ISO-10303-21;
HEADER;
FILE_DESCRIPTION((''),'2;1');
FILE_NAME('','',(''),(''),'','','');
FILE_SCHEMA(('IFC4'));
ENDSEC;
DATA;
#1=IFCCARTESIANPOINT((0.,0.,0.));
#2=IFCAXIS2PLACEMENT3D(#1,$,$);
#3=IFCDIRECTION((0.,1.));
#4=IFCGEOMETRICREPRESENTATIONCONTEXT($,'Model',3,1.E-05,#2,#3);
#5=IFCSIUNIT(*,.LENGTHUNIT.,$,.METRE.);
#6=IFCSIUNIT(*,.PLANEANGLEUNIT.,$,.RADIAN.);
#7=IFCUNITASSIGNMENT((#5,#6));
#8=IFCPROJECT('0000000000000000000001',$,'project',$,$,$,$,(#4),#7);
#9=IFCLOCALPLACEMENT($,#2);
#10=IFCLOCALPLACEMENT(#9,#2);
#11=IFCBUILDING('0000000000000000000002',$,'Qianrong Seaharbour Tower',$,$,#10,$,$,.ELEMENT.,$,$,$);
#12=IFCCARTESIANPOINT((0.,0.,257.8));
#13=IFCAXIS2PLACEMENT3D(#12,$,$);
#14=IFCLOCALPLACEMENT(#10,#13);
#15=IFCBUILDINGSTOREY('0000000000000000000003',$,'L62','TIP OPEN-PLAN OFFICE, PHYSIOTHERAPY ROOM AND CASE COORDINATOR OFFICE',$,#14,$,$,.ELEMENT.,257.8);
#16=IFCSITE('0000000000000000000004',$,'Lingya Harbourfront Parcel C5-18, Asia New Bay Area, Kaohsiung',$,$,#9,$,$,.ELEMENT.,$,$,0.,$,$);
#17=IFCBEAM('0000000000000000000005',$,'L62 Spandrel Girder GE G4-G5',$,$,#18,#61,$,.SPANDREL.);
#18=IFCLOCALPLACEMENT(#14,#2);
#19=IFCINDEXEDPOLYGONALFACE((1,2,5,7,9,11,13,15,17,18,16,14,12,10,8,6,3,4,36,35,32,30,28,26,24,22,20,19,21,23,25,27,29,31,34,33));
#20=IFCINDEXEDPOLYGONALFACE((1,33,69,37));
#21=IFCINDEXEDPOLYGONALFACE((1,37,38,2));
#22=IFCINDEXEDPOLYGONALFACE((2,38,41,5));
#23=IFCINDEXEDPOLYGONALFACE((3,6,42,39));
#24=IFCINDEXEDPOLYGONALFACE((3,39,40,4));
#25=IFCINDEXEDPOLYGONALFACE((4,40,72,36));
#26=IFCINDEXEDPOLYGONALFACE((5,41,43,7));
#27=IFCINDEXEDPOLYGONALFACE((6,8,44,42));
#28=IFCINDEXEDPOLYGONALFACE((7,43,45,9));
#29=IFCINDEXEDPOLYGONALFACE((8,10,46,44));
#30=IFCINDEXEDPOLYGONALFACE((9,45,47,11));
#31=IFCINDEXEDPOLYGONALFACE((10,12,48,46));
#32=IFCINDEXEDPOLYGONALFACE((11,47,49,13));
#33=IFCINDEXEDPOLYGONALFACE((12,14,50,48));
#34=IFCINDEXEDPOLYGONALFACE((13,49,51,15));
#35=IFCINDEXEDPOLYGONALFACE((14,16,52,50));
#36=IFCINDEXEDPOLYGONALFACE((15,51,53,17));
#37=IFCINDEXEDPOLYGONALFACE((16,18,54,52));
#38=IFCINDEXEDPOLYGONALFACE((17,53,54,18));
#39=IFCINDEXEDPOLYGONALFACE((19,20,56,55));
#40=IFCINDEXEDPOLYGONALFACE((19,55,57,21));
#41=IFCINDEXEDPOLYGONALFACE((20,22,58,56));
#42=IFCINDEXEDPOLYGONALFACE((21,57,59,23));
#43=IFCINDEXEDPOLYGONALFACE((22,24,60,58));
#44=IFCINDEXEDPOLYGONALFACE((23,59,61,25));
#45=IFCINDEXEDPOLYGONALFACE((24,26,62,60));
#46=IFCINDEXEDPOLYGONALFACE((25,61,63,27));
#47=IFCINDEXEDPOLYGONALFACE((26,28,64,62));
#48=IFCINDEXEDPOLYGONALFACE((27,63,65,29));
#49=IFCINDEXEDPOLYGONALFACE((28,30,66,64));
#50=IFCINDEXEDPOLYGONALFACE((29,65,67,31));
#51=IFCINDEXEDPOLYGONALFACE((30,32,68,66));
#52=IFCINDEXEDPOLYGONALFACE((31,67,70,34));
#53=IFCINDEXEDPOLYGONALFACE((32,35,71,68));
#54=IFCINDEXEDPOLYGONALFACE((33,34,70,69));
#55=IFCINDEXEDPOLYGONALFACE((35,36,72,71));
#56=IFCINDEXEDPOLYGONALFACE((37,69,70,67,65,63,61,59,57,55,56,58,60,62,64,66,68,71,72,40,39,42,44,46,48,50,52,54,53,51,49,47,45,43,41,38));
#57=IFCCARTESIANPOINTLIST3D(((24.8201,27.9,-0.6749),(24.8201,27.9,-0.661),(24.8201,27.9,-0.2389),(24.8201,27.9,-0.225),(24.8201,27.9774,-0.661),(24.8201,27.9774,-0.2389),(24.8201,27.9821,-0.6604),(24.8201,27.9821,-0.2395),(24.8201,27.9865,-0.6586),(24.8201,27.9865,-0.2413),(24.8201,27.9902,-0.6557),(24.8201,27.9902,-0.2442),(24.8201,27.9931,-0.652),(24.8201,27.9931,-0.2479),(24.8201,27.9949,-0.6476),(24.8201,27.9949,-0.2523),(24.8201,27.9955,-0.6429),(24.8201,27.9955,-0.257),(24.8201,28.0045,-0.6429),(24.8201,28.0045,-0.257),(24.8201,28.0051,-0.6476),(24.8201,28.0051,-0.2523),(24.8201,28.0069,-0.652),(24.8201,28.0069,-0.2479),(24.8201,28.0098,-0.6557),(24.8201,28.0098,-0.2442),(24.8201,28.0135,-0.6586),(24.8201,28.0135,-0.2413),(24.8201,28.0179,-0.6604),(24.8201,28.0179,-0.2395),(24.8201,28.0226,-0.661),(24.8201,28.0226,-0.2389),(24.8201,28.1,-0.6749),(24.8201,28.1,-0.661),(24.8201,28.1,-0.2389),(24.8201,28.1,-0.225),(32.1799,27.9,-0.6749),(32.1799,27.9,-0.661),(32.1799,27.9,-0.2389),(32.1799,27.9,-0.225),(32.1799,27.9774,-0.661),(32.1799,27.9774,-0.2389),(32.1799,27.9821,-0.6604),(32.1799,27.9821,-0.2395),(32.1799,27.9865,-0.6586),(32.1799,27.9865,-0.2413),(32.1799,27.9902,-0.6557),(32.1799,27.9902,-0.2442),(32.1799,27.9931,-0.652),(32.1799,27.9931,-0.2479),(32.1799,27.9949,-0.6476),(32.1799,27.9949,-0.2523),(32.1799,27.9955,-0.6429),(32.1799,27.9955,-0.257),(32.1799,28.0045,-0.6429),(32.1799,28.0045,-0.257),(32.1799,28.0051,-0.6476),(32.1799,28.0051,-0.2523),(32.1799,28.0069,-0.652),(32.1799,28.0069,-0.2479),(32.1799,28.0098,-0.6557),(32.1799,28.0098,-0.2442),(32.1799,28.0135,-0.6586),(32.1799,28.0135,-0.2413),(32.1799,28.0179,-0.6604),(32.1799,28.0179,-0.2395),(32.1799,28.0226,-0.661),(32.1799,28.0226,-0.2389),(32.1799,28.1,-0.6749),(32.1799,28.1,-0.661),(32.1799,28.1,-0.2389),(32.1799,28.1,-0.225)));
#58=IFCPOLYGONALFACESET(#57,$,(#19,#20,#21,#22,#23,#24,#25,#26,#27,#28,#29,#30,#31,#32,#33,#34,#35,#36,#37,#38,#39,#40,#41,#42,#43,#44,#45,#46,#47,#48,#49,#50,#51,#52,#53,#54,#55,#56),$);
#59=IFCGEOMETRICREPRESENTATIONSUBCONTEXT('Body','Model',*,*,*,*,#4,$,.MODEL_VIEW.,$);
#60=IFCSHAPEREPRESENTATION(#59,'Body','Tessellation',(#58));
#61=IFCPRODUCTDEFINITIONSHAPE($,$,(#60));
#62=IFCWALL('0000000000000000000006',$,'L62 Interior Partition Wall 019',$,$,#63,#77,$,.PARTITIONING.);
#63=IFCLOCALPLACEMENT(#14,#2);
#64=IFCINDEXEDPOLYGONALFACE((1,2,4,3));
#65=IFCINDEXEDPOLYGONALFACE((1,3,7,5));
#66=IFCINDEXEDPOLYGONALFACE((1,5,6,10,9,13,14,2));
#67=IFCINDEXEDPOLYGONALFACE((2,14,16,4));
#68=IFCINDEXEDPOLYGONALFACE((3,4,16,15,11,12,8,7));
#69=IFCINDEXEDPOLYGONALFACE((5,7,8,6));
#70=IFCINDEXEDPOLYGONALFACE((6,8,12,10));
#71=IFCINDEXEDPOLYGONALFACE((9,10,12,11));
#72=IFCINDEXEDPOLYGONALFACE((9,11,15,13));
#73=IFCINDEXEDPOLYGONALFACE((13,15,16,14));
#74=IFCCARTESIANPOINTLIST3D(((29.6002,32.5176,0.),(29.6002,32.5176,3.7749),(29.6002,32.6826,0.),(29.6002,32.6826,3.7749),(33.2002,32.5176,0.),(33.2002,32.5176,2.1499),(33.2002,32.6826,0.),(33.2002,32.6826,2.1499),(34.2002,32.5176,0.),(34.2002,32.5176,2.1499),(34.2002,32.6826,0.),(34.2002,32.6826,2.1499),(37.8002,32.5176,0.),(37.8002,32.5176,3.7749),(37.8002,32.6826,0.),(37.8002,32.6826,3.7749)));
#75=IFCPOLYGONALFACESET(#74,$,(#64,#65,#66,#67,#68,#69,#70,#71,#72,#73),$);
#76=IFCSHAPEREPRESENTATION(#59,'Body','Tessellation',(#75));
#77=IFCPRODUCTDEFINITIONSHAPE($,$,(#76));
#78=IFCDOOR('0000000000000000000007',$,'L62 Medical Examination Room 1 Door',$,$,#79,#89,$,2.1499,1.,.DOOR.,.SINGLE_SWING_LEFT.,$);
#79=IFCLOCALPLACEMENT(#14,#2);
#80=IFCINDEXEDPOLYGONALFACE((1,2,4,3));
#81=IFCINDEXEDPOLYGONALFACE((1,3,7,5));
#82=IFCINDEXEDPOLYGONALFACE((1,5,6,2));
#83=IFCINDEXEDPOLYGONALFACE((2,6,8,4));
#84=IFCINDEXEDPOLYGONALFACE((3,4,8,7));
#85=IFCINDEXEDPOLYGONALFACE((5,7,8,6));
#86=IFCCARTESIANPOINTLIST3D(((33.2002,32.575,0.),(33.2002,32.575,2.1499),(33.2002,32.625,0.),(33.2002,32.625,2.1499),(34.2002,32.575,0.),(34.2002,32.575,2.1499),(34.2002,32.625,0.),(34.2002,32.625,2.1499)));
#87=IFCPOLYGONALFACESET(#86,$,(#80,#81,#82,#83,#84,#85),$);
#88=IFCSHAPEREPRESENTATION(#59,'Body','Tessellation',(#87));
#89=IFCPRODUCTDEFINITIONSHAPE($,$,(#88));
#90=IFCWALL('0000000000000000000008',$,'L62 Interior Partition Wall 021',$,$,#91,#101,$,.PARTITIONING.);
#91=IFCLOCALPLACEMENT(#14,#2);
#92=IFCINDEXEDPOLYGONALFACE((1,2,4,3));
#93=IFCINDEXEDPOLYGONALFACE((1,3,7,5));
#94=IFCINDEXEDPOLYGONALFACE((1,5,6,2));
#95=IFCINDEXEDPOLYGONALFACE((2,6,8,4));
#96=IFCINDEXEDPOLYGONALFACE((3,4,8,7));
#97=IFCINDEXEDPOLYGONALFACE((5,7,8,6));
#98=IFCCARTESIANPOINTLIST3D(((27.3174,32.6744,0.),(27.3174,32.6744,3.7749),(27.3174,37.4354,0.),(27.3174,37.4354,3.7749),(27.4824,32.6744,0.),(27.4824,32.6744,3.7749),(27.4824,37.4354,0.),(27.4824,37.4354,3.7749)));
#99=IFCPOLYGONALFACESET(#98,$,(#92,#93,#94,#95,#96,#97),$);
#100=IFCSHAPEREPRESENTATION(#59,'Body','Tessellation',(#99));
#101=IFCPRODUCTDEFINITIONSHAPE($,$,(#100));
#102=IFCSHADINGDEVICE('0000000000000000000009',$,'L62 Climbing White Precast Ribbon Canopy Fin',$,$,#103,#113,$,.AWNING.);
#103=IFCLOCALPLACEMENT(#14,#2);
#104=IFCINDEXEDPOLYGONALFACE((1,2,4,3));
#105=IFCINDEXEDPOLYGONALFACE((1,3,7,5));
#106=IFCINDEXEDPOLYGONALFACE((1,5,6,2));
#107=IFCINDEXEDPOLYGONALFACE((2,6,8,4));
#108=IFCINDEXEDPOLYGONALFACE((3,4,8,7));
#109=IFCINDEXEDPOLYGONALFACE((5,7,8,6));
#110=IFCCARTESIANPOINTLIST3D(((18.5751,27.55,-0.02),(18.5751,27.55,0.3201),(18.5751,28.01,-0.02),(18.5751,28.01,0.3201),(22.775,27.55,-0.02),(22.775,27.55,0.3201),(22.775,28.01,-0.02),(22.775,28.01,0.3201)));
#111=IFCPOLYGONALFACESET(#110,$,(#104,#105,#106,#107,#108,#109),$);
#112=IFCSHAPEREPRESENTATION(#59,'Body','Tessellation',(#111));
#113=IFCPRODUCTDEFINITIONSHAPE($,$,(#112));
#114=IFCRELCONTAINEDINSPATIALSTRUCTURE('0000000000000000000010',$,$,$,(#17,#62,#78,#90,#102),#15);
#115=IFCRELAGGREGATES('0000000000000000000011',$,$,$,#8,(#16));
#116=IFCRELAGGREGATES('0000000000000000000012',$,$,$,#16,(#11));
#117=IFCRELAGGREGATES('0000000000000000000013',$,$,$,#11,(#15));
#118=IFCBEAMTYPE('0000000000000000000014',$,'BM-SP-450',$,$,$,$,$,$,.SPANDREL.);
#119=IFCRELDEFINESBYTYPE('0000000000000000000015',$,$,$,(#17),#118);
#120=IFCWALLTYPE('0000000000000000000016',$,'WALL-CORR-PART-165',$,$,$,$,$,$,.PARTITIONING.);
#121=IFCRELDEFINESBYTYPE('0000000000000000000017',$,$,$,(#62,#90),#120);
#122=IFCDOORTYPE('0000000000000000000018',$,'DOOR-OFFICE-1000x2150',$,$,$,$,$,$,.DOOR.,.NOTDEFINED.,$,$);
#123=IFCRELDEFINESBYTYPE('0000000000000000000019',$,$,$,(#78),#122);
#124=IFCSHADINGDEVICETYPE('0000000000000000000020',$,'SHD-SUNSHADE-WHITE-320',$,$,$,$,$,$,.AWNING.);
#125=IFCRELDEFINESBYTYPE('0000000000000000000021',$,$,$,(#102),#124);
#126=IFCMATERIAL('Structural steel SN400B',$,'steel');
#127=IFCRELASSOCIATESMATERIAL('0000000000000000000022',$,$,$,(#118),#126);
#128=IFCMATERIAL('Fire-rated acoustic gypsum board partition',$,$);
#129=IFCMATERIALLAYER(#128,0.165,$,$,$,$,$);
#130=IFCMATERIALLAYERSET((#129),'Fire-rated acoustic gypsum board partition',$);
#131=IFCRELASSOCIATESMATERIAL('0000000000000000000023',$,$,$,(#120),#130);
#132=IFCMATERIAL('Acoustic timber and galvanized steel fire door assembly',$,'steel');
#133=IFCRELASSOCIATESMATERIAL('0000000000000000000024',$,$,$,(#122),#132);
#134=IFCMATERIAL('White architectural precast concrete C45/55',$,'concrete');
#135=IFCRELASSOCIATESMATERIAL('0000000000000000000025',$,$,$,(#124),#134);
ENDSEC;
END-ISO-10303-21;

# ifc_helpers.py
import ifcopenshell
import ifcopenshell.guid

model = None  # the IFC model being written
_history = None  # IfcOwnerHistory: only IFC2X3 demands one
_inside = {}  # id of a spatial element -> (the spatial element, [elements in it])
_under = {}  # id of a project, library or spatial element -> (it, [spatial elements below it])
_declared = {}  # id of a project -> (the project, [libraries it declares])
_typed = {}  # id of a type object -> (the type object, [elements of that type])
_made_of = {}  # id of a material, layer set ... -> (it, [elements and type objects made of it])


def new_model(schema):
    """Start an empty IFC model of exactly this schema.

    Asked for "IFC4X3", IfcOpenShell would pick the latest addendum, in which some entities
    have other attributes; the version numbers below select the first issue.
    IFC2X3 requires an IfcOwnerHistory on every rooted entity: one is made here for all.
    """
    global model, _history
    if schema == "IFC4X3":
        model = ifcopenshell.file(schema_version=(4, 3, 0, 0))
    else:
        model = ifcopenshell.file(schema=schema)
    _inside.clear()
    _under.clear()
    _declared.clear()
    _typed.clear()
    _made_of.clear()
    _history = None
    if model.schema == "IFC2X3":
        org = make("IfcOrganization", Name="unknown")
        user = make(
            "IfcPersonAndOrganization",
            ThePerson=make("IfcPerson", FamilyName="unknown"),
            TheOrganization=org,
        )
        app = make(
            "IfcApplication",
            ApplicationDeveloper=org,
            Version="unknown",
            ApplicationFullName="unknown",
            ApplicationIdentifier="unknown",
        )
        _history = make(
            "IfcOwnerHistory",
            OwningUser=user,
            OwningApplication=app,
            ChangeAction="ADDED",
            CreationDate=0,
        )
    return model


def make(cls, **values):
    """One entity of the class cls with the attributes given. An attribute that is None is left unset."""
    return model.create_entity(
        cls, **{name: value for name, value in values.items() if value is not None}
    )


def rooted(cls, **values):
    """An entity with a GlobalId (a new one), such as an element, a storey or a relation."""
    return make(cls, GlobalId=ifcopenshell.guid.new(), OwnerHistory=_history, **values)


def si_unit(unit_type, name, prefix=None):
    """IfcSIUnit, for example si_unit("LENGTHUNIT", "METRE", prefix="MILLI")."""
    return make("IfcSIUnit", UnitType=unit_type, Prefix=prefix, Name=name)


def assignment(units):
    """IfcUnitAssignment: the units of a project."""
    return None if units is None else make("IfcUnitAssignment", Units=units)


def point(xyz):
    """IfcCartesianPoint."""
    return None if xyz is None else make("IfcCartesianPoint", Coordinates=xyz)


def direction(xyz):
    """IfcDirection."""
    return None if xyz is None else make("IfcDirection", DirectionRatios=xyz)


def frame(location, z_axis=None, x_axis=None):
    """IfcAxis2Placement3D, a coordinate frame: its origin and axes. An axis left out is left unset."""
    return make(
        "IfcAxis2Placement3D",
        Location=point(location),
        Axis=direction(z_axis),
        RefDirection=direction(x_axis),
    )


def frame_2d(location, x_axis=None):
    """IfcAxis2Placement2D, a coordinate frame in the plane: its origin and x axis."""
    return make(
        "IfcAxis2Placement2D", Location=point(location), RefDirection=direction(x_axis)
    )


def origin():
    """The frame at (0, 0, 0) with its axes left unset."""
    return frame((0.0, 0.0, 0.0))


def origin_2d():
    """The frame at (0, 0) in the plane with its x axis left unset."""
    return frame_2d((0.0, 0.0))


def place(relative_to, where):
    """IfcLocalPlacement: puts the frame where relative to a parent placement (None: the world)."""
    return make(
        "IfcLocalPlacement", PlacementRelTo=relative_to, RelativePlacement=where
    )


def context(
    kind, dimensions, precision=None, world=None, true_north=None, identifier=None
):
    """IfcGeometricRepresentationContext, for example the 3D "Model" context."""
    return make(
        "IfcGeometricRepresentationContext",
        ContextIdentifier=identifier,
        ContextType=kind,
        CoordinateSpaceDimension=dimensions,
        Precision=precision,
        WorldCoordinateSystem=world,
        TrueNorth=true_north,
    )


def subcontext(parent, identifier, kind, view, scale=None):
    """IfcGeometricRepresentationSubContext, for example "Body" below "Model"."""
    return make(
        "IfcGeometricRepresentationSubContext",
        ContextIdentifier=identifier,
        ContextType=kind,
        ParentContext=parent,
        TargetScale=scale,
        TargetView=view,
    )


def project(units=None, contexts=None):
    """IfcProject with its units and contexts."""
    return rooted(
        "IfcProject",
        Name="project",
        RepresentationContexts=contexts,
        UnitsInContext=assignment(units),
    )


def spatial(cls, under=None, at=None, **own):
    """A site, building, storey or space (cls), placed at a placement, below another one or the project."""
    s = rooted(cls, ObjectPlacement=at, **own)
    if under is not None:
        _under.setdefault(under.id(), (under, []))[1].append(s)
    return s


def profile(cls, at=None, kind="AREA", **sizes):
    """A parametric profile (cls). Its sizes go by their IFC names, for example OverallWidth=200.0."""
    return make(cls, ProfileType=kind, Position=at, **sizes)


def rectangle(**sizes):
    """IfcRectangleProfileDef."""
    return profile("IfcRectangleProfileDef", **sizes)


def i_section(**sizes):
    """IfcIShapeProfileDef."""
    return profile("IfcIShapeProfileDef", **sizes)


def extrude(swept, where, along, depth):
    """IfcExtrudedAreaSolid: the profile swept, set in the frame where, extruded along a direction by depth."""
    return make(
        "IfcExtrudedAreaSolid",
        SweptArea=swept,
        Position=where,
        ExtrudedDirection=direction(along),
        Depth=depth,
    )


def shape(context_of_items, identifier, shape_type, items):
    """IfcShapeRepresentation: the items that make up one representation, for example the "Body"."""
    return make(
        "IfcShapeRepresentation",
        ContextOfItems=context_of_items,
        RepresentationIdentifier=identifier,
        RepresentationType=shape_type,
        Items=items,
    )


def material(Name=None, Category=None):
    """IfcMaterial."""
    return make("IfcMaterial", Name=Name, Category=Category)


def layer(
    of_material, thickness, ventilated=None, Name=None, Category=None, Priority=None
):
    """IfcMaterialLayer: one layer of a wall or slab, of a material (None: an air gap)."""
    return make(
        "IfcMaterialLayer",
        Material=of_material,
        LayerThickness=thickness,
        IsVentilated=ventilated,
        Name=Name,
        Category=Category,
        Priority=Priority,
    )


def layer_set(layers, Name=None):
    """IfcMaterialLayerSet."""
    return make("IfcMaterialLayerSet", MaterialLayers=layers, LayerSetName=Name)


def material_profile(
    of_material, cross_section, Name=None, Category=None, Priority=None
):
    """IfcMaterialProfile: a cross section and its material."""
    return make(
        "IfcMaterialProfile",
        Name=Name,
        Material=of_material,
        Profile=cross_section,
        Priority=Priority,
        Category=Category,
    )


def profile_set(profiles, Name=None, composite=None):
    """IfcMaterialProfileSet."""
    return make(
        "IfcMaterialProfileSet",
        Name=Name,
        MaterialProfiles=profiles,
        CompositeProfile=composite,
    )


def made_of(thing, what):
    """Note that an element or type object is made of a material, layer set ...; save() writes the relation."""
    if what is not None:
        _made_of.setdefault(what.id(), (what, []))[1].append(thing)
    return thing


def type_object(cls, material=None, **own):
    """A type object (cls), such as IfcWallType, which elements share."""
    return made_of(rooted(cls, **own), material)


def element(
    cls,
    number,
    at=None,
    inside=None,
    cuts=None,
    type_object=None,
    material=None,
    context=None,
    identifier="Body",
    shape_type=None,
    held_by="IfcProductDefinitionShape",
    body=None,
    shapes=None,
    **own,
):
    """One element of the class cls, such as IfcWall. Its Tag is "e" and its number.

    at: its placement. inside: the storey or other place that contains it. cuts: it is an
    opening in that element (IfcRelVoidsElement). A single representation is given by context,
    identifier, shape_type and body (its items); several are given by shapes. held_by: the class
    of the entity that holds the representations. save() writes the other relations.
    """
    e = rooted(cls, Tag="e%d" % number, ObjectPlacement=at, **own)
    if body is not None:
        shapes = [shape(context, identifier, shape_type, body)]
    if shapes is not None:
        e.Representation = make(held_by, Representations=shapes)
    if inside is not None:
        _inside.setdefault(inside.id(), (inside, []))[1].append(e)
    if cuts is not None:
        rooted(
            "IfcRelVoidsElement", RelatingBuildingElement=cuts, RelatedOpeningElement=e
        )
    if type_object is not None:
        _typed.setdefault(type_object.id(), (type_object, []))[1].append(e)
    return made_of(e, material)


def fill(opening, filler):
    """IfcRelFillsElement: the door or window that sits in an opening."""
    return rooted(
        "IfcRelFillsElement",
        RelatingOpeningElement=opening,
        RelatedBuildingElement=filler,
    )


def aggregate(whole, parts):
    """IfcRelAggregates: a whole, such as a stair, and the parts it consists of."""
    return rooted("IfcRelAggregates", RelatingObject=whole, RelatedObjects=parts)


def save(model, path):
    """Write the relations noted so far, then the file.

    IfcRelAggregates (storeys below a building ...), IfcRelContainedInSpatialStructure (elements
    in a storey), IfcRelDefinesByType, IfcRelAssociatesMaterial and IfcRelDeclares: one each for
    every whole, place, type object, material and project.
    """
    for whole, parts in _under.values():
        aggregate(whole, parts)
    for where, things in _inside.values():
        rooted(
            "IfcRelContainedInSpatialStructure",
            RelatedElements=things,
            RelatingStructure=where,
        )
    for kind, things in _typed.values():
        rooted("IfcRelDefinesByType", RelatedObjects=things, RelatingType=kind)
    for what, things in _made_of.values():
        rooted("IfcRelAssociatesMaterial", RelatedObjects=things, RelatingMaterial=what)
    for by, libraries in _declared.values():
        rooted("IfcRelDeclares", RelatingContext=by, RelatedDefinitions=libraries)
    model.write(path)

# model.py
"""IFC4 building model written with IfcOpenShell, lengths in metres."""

from ifc_helpers import new_model, si_unit, direction, frame, frame_2d, origin, origin_2d, place, context, subcontext, project, spatial, rectangle, i_section, extrude, material, layer, layer_set, material_profile, profile_set, type_object, element, fill, save


model = new_model("IFC4")

# Units and contexts
model_context = context("Model", 3, precision=1e-05, world=origin(), true_north=direction((0.0, 1.0)))
body_context = subcontext(model_context, "Body", "Model", "MODEL_VIEW")
ifc_project = project(units=[si_unit("LENGTHUNIT", "METRE"), si_unit("PLANEANGLEUNIT", "RADIAN")], contexts=[model_context])

# Site, building, storey
site_placement = place(None, origin())
site = spatial("IfcSite", under=ifc_project, at=site_placement, Name="Lingya Harbourfront Parcel C5-18, Asia New Bay Area, Kaohsiung", CompositionType="ELEMENT", RefElevation=0.0)
building_placement = place(site_placement, origin())
building = spatial("IfcBuilding", under=site, at=building_placement, Name="Qianrong Seaharbour Tower", CompositionType="ELEMENT")
storey_placement = place(building_placement, frame((0.0, 0.0, 257.8)))
storey = spatial("IfcBuildingStorey", under=building, at=storey_placement, Name="L62", Description="TIP OPEN-PLAN OFFICE, PHYSIOTHERAPY ROOM AND CASE COORDINATOR OFFICE", CompositionType="ELEMENT", Elevation=257.8)

# Beam
ifc_material_1 = material(Name="Structural steel SN400B", Category="steel")
ifc_material_profile_1 = material_profile(ifc_material_1, i_section(OverallWidth=0.2, OverallDepth=0.45, WebThickness=0.009, FlangeThickness=0.0139, FilletRadius=0.0181, at=origin_2d()), Name="H450x200x9x14")
ifc_profile_set_1 = profile_set([ifc_material_profile_1], Name="Structural steel SN400B")
beam_type_1 = type_object("IfcBeamType", Name="BM-SP-450", PredefinedType="SPANDREL", material=ifc_profile_set_1)
for number, where, z_axis, x_axis, name in (
    (1, (24.8201, 28.0, -0.45), (1.0, 0.0, 0.0), (0.0, 1.0, 0.0), "L62 Spandrel Girder GE G4-G5"),
):
    element("IfcBeam", number, at=place(storey_placement, frame(where, z_axis=z_axis, x_axis=x_axis)), inside=storey, type_object=beam_type_1, Name=name, PredefinedType="SPANDREL", context=body_context, shape_type="SweptSolid", body=[
        extrude(i_section(OverallWidth=0.2, OverallDepth=0.45, WebThickness=0.009, FlangeThickness=0.0139, FilletRadius=0.0181, at=origin_2d()), origin(), (0.0, 0.0, 1.0), 7.3599),
    ])

# Wall, opening, door
ifc_material_2 = material(Name="Fire-rated acoustic gypsum board partition")
ifc_layer = layer(ifc_material_2, 0.165)
ifc_layer_set = layer_set([ifc_layer], Name="Fire-rated acoustic gypsum board partition")
wall_type = type_object("IfcWallType", Name="WALL-CORR-PART-165", PredefinedType="PARTITIONING", material=ifc_layer_set)
wall_1_placement = place(storey_placement, frame((29.6001, 32.6001, 0.0), z_axis=(0.0, 0.0, 1.0), x_axis=(1.0, 0.0, 0.0)))
wall_1 = element("IfcWall", 2, at=wall_1_placement, inside=storey, type_object=wall_type, Name="L62 Interior Partition Wall 019", PredefinedType="PARTITIONING", context=body_context, shape_type="SweptSolid", body=[
    extrude(rectangle(XDim=8.2, YDim=0.165, at=frame_2d((4.1001, 0.0))), origin(), (0.0, 0.0, 1.0), 3.7749),
])
opening_placement = place(wall_1_placement, frame((3.6001, 0.0, 0.0)))
opening = element("IfcOpeningElement", 3, at=opening_placement, cuts=wall_1, PredefinedType="OPENING", context=body_context, shape_type="SweptSolid", body=[
    extrude(rectangle(XDim=1.0, YDim=2.1499, at=frame_2d((0.5, 1.075))), frame((0.0, 0.0925, 0.0), z_axis=(0.0, -1.0, 0.0), x_axis=(1.0, 0.0, 0.0)), (0.0, 0.0, 1.0), 0.1851),
])
ifc_material_3 = material(Name="Acoustic timber and galvanized steel fire door assembly", Category="steel")
door_type = type_object("IfcDoorType", Name="DOOR-OFFICE-1000x2150", OperationType="NOTDEFINED", PredefinedType="DOOR", material=ifc_material_3)
door_placement = place(opening_placement, origin())
door = element("IfcDoor", 4, at=door_placement, inside=storey, type_object=door_type, Name="L62 Medical Examination Room 1 Door", OperationType="SINGLE_SWING_LEFT", OverallHeight=2.1499, OverallWidth=1.0, PredefinedType="DOOR", context=body_context, shape_type="SweptSolid", body=[
    extrude(rectangle(XDim=1.0, YDim=2.1499, at=frame_2d((0.5, 1.075))), frame((0.0, 0.0249, 0.0), z_axis=(0.0, -1.0, 0.0), x_axis=(1.0, 0.0, 0.0)), (0.0, 0.0, 1.0), 0.05),
])
fill(opening, door)

# Wall
wall_2_placement = place(storey_placement, frame((27.3999, 32.6746, 0.0), z_axis=(0.0, 0.0, 1.0), x_axis=(0.0, 1.0, 0.0)))
element("IfcWall", 5, at=wall_2_placement, inside=storey, type_object=wall_type, Name="L62 Interior Partition Wall 021", PredefinedType="PARTITIONING", context=body_context, shape_type="SweptSolid", body=[
    extrude(rectangle(XDim=4.761, YDim=0.165, at=frame_2d((2.3804, 0.0))), origin(), (0.0, 0.0, 1.0), 3.7749),
])

# Shading device
ifc_material_4 = material(Name="White architectural precast concrete C45/55", Category="concrete")
shading_device_type = type_object("IfcShadingDeviceType", Name="SHD-SUNSHADE-WHITE-320", PredefinedType="AWNING", material=ifc_material_4)
shading_device_placement = place(storey_placement, frame((20.675, 27.78, -0.02), z_axis=(0.0, 0.0, 1.0), x_axis=(1.0, 0.0, 0.0)))
element("IfcShadingDevice", 6, at=shading_device_placement, inside=storey, type_object=shading_device_type, Name="L62 Climbing White Precast Ribbon Canopy Fin", PredefinedType="AWNING", context=body_context, shape_type="SweptSolid", body=[
    extrude(rectangle(XDim=4.2, YDim=0.46, at=origin_2d()), origin(), (0.0, 0.0, 1.0), 0.3401),
])

save(model, "model.ifc")
